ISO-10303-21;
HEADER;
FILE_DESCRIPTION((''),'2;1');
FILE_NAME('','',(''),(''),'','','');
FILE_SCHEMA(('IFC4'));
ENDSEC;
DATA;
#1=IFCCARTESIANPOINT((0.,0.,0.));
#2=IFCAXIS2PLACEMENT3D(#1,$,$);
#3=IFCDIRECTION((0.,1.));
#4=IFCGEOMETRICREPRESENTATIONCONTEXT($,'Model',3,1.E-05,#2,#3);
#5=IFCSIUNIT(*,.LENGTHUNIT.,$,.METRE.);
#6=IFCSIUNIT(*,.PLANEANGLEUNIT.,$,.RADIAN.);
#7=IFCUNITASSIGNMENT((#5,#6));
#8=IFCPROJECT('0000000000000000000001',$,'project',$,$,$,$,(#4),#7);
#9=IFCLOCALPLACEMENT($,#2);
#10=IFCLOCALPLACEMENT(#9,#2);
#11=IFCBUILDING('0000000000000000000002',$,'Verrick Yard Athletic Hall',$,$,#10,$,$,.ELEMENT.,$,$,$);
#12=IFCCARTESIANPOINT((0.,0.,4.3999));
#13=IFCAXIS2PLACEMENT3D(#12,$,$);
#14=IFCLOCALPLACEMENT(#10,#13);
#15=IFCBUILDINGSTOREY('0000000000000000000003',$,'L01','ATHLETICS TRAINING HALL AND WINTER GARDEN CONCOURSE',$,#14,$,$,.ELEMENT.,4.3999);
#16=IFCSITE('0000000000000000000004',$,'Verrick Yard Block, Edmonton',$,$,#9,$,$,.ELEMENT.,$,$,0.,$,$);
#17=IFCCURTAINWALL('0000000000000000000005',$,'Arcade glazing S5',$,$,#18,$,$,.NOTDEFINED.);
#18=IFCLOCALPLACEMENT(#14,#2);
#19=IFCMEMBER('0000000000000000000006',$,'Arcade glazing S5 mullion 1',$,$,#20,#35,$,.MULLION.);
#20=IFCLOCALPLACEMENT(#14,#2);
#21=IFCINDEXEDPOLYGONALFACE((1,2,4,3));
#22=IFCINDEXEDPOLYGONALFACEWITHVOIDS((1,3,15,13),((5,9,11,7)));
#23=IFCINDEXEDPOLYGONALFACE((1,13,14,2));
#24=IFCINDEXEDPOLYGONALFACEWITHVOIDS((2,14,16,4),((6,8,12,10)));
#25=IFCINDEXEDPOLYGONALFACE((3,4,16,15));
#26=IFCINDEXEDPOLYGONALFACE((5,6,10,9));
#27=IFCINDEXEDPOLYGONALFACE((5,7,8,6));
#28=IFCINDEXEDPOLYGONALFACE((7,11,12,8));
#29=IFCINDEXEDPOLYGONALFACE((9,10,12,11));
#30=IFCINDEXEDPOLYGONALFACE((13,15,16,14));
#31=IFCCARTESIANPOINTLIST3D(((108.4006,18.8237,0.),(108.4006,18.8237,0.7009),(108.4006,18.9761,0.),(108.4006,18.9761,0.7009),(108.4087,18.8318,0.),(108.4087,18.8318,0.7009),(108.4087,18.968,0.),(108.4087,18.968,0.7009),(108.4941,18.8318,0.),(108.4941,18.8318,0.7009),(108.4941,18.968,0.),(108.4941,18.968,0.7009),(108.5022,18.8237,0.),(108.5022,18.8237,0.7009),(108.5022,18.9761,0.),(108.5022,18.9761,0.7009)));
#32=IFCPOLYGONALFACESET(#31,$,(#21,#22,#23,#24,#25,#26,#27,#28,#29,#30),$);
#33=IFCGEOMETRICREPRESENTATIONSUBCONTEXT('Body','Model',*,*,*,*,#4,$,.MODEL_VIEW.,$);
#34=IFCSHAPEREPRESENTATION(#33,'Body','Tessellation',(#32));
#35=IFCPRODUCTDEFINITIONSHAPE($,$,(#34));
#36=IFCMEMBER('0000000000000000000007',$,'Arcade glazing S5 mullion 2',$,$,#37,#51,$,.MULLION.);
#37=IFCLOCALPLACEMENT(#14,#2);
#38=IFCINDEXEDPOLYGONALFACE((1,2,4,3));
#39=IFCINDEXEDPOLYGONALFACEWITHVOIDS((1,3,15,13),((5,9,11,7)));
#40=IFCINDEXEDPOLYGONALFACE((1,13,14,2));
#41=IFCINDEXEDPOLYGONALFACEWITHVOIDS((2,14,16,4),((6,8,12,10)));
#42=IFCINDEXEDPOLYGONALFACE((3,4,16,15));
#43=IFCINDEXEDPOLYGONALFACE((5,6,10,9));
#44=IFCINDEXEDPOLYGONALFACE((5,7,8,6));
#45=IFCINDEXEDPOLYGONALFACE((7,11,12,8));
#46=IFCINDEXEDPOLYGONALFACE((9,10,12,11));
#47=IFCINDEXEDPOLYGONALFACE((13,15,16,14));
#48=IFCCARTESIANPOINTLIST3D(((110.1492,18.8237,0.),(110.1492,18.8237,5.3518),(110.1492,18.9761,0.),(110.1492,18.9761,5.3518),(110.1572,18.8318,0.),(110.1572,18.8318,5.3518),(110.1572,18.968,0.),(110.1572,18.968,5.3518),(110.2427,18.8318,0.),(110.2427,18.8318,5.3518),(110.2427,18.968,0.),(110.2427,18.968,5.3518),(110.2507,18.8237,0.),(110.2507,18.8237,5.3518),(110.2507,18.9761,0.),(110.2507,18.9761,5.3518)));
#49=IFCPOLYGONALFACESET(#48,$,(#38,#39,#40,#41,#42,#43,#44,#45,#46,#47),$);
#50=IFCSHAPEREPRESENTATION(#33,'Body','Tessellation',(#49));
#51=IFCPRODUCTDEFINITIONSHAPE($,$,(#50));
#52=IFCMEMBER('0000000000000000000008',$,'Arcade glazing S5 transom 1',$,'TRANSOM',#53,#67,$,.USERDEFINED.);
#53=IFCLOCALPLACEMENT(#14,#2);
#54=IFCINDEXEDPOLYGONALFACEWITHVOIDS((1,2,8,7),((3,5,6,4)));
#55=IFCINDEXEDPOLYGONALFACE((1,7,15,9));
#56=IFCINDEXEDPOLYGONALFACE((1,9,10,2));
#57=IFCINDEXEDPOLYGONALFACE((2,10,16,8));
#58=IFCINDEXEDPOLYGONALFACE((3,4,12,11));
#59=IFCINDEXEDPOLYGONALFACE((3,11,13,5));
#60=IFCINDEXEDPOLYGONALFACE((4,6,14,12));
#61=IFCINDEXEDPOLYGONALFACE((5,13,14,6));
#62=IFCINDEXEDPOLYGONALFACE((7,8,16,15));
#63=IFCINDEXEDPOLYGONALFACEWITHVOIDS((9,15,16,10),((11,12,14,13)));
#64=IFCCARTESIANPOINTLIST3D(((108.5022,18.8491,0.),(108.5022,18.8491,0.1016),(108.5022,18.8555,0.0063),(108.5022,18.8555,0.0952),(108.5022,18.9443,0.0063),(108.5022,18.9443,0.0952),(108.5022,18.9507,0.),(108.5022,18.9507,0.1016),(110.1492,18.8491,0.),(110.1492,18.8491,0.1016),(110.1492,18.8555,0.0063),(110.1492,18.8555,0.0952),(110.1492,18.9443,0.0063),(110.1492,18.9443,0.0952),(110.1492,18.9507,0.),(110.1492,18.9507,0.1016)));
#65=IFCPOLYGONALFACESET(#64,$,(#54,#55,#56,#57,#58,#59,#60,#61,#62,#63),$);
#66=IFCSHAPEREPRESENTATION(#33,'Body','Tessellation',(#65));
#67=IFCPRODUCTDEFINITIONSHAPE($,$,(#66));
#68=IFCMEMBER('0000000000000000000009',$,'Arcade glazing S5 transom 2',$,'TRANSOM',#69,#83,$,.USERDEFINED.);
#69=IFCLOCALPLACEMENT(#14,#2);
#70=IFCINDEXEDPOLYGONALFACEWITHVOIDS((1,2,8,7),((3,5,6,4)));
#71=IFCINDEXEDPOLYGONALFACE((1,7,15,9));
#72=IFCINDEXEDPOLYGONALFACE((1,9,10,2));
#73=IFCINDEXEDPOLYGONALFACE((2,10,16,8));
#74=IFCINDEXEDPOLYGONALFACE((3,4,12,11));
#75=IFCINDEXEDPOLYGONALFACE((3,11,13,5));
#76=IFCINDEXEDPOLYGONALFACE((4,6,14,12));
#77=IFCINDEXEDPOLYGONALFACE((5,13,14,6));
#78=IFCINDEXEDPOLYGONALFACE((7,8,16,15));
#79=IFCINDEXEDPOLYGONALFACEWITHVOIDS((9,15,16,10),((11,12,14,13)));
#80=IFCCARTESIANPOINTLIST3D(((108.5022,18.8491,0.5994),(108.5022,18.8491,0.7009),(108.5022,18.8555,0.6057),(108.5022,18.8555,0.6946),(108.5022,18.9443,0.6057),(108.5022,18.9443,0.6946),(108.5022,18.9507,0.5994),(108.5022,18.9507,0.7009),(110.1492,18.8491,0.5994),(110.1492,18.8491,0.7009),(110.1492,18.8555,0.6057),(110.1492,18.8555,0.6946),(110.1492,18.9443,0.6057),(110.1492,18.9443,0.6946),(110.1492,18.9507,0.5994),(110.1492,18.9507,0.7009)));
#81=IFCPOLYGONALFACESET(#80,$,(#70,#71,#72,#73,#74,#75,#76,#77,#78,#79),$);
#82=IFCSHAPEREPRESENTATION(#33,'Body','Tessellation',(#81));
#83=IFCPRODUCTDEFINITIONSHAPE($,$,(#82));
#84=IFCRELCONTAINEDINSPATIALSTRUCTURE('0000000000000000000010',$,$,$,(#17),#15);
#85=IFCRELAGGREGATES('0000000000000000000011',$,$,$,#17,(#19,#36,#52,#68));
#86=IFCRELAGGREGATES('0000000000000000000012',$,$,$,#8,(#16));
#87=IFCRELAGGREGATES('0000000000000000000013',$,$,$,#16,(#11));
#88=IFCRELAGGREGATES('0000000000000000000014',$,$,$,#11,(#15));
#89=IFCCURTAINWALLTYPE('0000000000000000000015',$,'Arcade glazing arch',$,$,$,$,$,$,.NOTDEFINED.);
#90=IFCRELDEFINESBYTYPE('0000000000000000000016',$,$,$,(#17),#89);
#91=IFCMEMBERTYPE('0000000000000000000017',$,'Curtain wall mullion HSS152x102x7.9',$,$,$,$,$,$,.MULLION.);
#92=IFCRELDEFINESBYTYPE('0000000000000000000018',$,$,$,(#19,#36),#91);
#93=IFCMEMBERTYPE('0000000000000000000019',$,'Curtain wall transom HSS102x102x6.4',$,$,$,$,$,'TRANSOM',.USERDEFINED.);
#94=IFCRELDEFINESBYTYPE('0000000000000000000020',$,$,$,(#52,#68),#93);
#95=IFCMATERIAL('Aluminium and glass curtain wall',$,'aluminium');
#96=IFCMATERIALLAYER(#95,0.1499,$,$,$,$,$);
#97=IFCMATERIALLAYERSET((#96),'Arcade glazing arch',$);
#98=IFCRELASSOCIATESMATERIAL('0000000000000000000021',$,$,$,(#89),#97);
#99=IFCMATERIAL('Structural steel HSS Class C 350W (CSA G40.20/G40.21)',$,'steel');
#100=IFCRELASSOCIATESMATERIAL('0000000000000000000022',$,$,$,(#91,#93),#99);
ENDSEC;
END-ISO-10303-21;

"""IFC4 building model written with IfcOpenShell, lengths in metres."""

from ifc_helpers import new_model, si_unit, direction, frame, origin, origin_2d, place, context, subcontext, project, spatial, hollow_rectangle, extrude, material, layer, layer_set, material_profile, profile_set, type_object, element, aggregate, save


model = new_model("IFC4")

# Units and contexts
model_context = context("Model", 3, precision=1e-05, world=origin(), true_north=direction((0.0, 1.0)))
body_context = subcontext(model_context, "Body", "Model", "MODEL_VIEW")
ifc_project = project(units=[si_unit("LENGTHUNIT", "METRE"), si_unit("PLANEANGLEUNIT", "RADIAN")], contexts=[model_context])

# Site, building, storey
site_placement = place(None, origin())
site = spatial("IfcSite", under=ifc_project, at=site_placement, Name="Verrick Yard Block, Edmonton", CompositionType="ELEMENT", RefElevation=0.0)
building_placement = place(site_placement, origin())
building = spatial("IfcBuilding", under=site, at=building_placement, Name="Verrick Yard Athletic Hall", CompositionType="ELEMENT")
storey_placement = place(building_placement, frame((0.0, 0.0, 4.3999)))
storey = spatial("IfcBuildingStorey", under=building, at=storey_placement, Name="L01", Description="ATHLETICS TRAINING HALL AND WINTER GARDEN CONCOURSE", CompositionType="ELEMENT", Elevation=4.3999)

# Curtain wall, members
ifc_material_1 = material(Name="Aluminium and glass curtain wall", Category="aluminium")
ifc_layer_1 = layer(ifc_material_1, 0.1499)
ifc_layer_set_1 = layer_set([ifc_layer_1], Name="Arcade glazing arch")
curtain_wall_type = type_object("IfcCurtainWallType", Name="Arcade glazing arch", PredefinedType="NOTDEFINED", material=ifc_layer_set_1)
curtain_wall_placement = place(storey_placement, origin())
curtain_wall = element("IfcCurtainWall", 1, at=curtain_wall_placement, inside=storey, type_object=curtain_wall_type, Name="Arcade glazing S5", PredefinedType="NOTDEFINED")
ifc_material_2 = material(Name="Structural steel HSS Class C 350W (CSA G40.20/G40.21)", Category="steel")
ifc_material_profile_1 = material_profile(ifc_material_2, hollow_rectangle(XDim=0.1016, YDim=0.1523, WallThickness=0.0081, at=origin_2d()), Name="HSS152x102x7.9")
ifc_profile_set_1 = profile_set([ifc_material_profile_1], Name="Structural steel HSS Class C 350W (CSA G40.20/G40.21)")
member_type_1 = type_object("IfcMemberType", Name="Curtain wall mullion HSS152x102x7.9", PredefinedType="MULLION", material=ifc_profile_set_1)
member_1_placement = place(storey_placement, frame((108.4514, 18.8999, 0.0), z_axis=(0.0, 0.0, 1.0), x_axis=(1.0, 0.0, 0.0)))
member_1 = element("IfcMember", 2, at=member_1_placement, type_object=member_type_1, Name="Arcade glazing S5 mullion 1", PredefinedType="MULLION", context=body_context, shape_type="SweptSolid", body=[
    extrude(hollow_rectangle(XDim=0.1016, YDim=0.1523, WallThickness=0.0081, at=origin_2d()), origin(), (0.0, 0.0, 1.0), 0.7009),
])
member_2_placement = place(storey_placement, frame((110.2, 18.8999, 0.0), z_axis=(0.0, 0.0, 1.0), x_axis=(1.0, 0.0, 0.0)))
member_2 = element("IfcMember", 3, at=member_2_placement, type_object=member_type_1, Name="Arcade glazing S5 mullion 2", PredefinedType="MULLION", context=body_context, shape_type="SweptSolid", body=[
    extrude(hollow_rectangle(XDim=0.1016, YDim=0.1523, WallThickness=0.0081, at=origin_2d()), origin(), (0.0, 0.0, 1.0), 5.3518),
])
ifc_material_profile_2 = material_profile(ifc_material_2, hollow_rectangle(XDim=0.1016, YDim=0.1016, WallThickness=0.0063, at=origin_2d()), Name="HSS102x102x6.4")
ifc_profile_set_2 = profile_set([ifc_material_profile_2], Name="Structural steel HSS Class C 350W (CSA G40.20/G40.21)")
member_type_2 = type_object("IfcMemberType", Name="Curtain wall transom HSS102x102x6.4", ElementType="TRANSOM", PredefinedType="USERDEFINED", material=ifc_profile_set_2)
member_3_placement = place(storey_placement, frame((108.5022, 18.8999, 0.0508), z_axis=(1.0, 0.0, 0.0), x_axis=(0.0, 1.0, 0.0)))
member_3 = element("IfcMember", 4, at=member_3_placement, type_object=member_type_2, Name="Arcade glazing S5 transom 1", ObjectType="TRANSOM", PredefinedType="USERDEFINED", context=body_context, shape_type="SweptSolid", body=[
    extrude(hollow_rectangle(XDim=0.1016, YDim=0.1016, WallThickness=0.0063, at=origin_2d()), origin(), (0.0, 0.0, 1.0), 1.647),
])
member_4_placement = place(storey_placement, frame((108.5022, 18.8999, 0.6501), z_axis=(1.0, 0.0, 0.0), x_axis=(0.0, 1.0, 0.0)))
member_4 = element("IfcMember", 5, at=member_4_placement, type_object=member_type_2, Name="Arcade glazing S5 transom 2", ObjectType="TRANSOM", PredefinedType="USERDEFINED", context=body_context, shape_type="SweptSolid", body=[
    extrude(hollow_rectangle(XDim=0.1016, YDim=0.1016, WallThickness=0.0063, at=origin_2d()), origin(), (0.0, 0.0, 1.0), 1.647),
])
aggregate(curtain_wall, [member_1, member_2, member_3, member_4])

save(model, "model.ifc")
